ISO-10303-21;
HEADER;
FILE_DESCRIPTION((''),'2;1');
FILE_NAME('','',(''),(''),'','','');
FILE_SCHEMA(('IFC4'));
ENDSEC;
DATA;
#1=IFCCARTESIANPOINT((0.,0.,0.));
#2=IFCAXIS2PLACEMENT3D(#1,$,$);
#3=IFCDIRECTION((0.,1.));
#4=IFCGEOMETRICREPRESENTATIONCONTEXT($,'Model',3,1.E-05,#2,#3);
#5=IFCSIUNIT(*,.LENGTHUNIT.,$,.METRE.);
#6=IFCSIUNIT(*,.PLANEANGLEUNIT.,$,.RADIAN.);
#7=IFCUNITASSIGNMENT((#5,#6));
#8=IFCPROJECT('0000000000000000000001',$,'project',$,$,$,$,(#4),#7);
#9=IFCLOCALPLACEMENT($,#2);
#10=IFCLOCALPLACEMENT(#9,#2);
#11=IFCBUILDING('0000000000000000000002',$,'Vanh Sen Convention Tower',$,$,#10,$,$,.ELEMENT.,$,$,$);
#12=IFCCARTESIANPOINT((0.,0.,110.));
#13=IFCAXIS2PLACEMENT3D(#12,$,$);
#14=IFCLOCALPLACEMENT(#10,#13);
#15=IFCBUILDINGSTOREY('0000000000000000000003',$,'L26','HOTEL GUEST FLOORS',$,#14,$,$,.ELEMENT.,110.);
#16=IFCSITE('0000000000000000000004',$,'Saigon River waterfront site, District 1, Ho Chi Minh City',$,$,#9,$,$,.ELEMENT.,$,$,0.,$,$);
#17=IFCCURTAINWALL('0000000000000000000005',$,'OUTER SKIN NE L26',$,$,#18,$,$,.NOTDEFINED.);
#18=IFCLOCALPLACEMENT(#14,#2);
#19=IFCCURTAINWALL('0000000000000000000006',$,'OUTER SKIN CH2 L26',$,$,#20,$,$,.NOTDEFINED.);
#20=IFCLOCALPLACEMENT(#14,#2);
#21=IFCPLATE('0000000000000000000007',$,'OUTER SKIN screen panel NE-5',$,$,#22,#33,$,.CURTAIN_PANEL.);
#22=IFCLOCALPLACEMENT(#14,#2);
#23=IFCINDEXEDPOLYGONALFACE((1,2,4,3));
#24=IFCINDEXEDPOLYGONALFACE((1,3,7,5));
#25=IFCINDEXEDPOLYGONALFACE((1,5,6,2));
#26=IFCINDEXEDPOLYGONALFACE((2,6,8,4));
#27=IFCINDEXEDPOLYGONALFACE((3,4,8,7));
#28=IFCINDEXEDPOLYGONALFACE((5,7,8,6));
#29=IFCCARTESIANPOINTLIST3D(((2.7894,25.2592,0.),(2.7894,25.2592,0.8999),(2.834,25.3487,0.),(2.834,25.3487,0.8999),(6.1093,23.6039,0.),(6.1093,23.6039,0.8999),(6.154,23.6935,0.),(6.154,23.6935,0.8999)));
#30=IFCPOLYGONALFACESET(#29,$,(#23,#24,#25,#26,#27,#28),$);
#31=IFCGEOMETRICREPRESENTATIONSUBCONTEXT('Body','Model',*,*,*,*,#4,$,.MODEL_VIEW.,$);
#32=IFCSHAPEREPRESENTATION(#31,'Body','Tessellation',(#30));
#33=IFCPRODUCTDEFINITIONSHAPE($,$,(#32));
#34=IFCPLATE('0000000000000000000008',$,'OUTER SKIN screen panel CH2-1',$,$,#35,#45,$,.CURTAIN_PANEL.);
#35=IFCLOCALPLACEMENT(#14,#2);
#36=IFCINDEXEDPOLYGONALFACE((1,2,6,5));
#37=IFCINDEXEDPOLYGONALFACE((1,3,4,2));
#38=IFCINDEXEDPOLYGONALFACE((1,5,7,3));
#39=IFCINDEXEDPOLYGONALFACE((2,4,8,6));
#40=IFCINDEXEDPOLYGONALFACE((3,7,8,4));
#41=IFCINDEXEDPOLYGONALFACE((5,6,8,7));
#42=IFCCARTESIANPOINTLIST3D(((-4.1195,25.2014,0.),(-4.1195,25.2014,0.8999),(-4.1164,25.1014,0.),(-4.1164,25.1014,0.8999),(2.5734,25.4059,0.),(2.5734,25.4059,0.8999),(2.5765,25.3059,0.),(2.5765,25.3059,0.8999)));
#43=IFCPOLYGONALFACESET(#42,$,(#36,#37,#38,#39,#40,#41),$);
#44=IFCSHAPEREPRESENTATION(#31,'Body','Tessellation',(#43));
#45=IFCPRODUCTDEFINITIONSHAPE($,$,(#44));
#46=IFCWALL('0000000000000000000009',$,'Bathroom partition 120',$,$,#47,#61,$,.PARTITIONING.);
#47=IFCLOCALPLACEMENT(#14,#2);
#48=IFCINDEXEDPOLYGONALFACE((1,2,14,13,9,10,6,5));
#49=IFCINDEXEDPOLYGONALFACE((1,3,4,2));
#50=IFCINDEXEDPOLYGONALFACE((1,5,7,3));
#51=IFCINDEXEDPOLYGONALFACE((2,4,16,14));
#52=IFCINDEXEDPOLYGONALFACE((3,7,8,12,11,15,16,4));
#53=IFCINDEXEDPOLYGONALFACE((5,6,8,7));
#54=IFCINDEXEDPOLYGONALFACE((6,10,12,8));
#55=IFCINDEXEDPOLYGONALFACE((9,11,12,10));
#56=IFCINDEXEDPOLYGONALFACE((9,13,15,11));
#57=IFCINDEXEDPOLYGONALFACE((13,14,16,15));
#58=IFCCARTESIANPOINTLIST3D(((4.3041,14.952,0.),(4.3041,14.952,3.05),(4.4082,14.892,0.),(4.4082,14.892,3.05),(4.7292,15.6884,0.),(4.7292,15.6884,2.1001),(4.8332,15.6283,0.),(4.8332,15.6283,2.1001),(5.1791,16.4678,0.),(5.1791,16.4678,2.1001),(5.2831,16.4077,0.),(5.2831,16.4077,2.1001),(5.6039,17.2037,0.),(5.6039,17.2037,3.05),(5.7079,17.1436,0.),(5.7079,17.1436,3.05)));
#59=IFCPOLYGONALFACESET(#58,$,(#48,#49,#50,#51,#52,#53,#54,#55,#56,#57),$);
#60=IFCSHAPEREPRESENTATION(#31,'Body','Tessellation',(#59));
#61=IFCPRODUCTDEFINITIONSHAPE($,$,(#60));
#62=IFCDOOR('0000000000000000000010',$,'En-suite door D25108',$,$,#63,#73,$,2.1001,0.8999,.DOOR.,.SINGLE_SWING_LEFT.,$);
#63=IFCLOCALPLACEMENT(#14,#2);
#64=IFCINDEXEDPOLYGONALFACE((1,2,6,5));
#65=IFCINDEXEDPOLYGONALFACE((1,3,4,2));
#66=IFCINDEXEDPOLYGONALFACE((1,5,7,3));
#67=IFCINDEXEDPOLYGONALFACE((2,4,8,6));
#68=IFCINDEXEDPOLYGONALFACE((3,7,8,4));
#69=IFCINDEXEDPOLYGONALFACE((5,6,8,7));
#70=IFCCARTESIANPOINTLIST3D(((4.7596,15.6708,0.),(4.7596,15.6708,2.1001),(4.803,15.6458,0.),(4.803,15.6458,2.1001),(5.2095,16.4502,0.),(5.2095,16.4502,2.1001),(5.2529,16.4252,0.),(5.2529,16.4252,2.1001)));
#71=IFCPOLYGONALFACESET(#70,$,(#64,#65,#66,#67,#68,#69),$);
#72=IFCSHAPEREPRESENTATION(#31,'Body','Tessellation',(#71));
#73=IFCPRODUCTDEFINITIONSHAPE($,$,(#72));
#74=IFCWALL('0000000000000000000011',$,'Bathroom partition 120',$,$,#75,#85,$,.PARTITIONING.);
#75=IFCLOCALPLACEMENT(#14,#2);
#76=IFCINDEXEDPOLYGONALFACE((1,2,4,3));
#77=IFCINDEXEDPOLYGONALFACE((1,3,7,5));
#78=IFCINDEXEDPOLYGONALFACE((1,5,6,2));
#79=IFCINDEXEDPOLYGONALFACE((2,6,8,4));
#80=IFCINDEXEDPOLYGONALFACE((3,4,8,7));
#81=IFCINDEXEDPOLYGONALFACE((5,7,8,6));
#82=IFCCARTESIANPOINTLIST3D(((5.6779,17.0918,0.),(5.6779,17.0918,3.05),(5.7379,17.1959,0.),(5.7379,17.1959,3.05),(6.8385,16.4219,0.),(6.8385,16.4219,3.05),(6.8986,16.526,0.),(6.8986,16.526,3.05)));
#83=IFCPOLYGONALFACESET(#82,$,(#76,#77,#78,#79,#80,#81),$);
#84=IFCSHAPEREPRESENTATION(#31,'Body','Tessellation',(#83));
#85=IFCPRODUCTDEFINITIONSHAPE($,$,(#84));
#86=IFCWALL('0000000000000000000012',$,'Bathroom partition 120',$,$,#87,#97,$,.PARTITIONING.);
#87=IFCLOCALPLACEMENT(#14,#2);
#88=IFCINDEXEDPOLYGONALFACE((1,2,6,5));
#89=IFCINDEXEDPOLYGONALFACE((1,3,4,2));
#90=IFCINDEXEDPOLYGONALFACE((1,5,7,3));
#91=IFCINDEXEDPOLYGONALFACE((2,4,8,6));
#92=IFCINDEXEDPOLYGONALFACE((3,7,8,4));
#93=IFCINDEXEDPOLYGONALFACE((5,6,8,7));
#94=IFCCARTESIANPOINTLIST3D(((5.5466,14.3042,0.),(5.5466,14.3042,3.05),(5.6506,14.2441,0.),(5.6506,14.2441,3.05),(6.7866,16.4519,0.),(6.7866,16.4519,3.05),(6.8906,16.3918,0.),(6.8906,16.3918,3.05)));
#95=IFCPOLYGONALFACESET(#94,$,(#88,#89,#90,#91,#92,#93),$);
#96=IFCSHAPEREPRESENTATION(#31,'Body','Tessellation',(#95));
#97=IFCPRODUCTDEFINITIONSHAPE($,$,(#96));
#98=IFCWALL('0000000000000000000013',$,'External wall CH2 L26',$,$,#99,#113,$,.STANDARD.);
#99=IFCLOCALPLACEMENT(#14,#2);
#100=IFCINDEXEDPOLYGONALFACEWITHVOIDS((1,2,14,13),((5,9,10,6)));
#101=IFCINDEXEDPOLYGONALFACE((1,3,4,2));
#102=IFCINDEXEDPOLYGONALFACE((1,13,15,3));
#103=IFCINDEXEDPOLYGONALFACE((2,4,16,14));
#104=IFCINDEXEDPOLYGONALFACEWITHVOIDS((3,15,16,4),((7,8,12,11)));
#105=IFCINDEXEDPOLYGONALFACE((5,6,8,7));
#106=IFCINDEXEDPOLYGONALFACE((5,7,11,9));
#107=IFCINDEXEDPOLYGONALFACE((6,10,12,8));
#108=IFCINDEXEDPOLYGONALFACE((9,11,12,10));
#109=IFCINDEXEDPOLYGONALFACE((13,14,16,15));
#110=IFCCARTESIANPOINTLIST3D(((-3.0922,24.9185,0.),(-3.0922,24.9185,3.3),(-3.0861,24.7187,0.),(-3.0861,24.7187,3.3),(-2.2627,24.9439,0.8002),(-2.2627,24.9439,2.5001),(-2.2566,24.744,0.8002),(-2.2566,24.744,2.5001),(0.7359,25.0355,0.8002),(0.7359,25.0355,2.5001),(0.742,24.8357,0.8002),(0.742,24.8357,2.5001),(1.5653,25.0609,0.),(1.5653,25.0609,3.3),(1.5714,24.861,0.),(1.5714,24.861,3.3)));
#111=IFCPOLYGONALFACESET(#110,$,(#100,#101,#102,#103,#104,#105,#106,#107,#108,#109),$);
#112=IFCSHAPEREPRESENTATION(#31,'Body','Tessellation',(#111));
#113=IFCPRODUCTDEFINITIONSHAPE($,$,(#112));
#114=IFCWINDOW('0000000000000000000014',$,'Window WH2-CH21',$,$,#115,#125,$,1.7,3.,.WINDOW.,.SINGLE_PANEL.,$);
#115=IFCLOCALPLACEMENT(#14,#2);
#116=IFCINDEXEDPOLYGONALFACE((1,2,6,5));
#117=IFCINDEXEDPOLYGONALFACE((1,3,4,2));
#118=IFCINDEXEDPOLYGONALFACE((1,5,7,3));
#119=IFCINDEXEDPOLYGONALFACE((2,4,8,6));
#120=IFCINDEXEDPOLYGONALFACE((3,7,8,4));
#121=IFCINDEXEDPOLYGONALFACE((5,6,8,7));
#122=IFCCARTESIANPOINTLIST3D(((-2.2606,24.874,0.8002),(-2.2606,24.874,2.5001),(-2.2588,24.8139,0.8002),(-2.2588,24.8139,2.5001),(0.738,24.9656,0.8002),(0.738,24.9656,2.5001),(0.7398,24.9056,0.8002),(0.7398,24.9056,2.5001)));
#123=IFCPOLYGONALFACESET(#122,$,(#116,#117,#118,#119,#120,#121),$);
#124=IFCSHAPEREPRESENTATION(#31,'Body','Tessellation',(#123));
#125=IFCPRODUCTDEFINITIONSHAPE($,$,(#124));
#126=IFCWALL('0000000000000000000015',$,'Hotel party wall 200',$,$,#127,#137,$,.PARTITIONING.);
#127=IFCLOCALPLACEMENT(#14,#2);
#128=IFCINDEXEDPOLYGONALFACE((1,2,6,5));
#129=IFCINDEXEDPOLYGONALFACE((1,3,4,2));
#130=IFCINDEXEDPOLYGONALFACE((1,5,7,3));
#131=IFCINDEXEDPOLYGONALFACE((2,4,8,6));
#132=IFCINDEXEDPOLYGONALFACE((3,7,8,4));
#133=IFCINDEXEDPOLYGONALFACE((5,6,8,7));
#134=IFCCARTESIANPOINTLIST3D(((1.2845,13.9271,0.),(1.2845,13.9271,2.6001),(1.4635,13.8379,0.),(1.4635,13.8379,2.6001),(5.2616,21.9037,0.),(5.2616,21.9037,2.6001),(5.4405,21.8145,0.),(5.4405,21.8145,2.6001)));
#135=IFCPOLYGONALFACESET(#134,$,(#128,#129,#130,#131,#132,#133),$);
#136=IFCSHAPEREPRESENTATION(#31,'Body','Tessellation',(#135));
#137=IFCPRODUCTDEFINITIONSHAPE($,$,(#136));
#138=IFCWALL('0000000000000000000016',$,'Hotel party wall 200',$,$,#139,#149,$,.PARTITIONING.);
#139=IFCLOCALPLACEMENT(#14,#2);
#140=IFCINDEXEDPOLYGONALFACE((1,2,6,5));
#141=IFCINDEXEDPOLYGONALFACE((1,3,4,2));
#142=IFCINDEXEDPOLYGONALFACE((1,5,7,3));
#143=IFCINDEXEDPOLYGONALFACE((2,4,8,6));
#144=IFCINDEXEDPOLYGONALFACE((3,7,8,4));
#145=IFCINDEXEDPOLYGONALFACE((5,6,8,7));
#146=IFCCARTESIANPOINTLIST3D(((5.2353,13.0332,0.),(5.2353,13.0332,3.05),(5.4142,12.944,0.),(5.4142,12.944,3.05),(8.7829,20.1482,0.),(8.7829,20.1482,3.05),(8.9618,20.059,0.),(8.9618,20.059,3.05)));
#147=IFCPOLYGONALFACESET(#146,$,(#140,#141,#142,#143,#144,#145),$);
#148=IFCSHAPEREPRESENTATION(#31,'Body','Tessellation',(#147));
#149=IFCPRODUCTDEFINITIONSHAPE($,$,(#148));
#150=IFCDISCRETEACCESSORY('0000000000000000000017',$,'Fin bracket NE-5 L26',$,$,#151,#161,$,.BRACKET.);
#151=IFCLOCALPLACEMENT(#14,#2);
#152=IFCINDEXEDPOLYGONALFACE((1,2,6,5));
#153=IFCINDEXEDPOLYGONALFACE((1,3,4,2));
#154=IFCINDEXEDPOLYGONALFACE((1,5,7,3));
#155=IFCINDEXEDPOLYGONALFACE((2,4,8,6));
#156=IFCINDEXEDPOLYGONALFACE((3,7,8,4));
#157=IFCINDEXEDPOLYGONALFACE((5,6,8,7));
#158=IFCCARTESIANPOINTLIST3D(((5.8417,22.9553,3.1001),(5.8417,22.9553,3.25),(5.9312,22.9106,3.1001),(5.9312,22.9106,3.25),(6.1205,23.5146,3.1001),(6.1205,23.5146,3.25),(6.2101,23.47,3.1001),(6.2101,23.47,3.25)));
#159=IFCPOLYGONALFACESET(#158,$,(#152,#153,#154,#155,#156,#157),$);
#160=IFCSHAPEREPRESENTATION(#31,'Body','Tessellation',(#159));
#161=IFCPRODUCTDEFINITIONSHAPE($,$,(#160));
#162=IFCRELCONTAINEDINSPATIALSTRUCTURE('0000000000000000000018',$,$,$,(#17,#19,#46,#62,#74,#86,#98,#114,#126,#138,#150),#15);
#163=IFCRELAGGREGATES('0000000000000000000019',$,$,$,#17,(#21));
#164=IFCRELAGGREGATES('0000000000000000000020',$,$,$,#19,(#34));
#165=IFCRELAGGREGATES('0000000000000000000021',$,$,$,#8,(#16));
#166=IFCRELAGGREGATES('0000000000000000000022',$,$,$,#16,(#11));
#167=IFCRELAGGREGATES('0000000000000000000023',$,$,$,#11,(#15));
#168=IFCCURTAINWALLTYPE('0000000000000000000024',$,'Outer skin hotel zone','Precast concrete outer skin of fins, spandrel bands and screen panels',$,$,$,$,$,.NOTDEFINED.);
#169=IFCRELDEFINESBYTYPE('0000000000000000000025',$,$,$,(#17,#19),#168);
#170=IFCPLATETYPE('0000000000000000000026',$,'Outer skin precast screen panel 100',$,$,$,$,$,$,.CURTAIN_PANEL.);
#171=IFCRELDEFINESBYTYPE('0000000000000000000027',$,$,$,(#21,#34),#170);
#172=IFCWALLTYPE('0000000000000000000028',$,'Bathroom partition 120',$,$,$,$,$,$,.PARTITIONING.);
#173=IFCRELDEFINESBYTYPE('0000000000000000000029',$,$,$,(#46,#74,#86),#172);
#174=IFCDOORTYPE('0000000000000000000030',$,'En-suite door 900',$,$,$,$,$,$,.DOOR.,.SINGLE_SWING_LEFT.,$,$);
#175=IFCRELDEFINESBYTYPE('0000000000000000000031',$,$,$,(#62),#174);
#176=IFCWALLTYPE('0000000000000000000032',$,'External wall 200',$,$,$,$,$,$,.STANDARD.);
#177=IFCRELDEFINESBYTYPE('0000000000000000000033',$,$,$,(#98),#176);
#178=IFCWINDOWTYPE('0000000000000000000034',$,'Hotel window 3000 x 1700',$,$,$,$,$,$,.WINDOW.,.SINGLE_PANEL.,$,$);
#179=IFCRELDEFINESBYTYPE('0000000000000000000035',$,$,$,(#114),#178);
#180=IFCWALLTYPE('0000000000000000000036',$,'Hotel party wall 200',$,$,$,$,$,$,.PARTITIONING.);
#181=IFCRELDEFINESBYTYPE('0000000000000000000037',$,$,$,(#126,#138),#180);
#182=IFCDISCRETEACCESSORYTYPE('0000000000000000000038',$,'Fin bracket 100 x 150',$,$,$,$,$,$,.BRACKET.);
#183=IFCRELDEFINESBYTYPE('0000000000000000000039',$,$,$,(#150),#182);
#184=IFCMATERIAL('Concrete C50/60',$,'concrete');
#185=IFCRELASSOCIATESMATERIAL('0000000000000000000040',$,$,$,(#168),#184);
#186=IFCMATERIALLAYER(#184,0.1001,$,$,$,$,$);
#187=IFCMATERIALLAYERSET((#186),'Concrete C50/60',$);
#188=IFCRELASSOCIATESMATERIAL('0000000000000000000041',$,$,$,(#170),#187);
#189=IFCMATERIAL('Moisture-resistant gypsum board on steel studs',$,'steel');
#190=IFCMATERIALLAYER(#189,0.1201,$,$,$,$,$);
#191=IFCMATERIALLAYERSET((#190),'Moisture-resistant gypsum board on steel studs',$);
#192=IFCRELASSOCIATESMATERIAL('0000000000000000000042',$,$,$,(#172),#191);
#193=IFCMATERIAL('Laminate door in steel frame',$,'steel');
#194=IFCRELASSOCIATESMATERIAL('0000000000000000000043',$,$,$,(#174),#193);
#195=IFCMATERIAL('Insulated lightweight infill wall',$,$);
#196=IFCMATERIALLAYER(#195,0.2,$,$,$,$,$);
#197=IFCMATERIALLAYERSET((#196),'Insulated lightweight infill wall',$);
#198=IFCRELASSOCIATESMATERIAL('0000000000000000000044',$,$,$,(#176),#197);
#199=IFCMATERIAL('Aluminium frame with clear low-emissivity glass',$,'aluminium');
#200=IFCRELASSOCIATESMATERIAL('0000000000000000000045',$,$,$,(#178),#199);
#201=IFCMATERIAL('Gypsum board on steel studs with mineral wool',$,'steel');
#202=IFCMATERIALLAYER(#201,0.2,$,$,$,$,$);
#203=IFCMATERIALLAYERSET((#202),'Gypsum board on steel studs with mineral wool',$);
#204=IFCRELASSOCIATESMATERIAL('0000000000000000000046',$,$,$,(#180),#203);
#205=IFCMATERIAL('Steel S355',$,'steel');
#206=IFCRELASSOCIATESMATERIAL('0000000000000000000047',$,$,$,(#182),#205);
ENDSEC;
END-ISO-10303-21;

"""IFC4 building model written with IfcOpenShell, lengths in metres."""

from ifc_helpers import new_model, si_unit, direction, frame, frame_2d, origin, origin_2d, place, context, subcontext, project, spatial, rectangle, extrude, material, layer, layer_set, type_object, element, fill, aggregate, save


model = new_model("IFC4")

# Units and contexts
model_context = context("Model", 3, precision=1e-05, world=origin(), true_north=direction((0.0, 1.0)))
body_context = subcontext(model_context, "Body", "Model", "MODEL_VIEW")
ifc_project = project(units=[si_unit("LENGTHUNIT", "METRE"), si_unit("PLANEANGLEUNIT", "RADIAN")], contexts=[model_context])

# Site, building, storey
site_placement = place(None, origin())
site = spatial("IfcSite", under=ifc_project, at=site_placement, Name="Saigon River waterfront site, District 1, Ho Chi Minh City", CompositionType="ELEMENT", RefElevation=0.0)
building_placement = place(site_placement, origin())
building = spatial("IfcBuilding", under=site, at=building_placement, Name="Vanh Sen Convention Tower", CompositionType="ELEMENT")
storey_placement = place(building_placement, frame((0.0, 0.0, 110.0)))
storey = spatial("IfcBuildingStorey", under=building, at=storey_placement, Name="L26", Description="HOTEL GUEST FLOORS", CompositionType="ELEMENT", Elevation=110.0)

# Curtain wall
ifc_material_1 = material(Name="Concrete C50/60", Category="concrete")
curtain_wall_type = type_object("IfcCurtainWallType", Name="Outer skin hotel zone", Description="Precast concrete outer skin of fins, spandrel bands and screen panels", PredefinedType="NOTDEFINED", material=ifc_material_1)
curtain_wall_1_placement = place(storey_placement, origin())
curtain_wall_1 = element("IfcCurtainWall", 1, at=curtain_wall_1_placement, inside=storey, type_object=curtain_wall_type, Name="OUTER SKIN NE L26", PredefinedType="NOTDEFINED")

# Curtain wall
curtain_wall_2_placement = place(storey_placement, origin())
curtain_wall_2 = element("IfcCurtainWall", 2, at=curtain_wall_2_placement, inside=storey, type_object=curtain_wall_type, Name="OUTER SKIN CH2 L26", PredefinedType="NOTDEFINED")

# Plates
ifc_layer_1 = layer(ifc_material_1, 0.1001)
ifc_layer_set_1 = layer_set([ifc_layer_1], Name="Concrete C50/60")
plate_type = type_object("IfcPlateType", Name="Outer skin precast screen panel 100", PredefinedType="CURTAIN_PANEL", material=ifc_layer_set_1)
plate_1_placement = place(storey_placement, frame((4.4717, 24.4763, 0.0), z_axis=(0.0, 0.0, 1.0), x_axis=(-0.894935, 0.446196, 0.0)))
plate_1 = element("IfcPlate", 3, at=plate_1_placement, type_object=plate_type, Name="OUTER SKIN screen panel NE-5", PredefinedType="CURTAIN_PANEL", context=body_context, shape_type="SweptSolid", body=[
    extrude(rectangle(XDim=3.7097, YDim=0.1001, at=origin_2d()), origin(), (0.0, 0.0, 1.0), 0.8999),
])
aggregate(curtain_wall_1, [plate_1])
plate_2_placement = place(storey_placement, frame((-0.7715, 25.2537, 0.0), z_axis=(0.0, 0.0, 1.0), x_axis=(-0.999534, -0.030537, 0.0)))
plate_2 = element("IfcPlate", 4, at=plate_2_placement, type_object=plate_type, Name="OUTER SKIN screen panel CH2-1", PredefinedType="CURTAIN_PANEL", context=body_context, shape_type="SweptSolid", body=[
    extrude(rectangle(XDim=6.696, YDim=0.1001, at=origin_2d()), origin(), (0.0, 0.0, 1.0), 0.8999),
])
aggregate(curtain_wall_2, [plate_2])

# Wall, opening, door
ifc_material_2 = material(Name="Moisture-resistant gypsum board on steel studs", Category="steel")
ifc_layer_2 = layer(ifc_material_2, 0.1201)
ifc_layer_set_2 = layer_set([ifc_layer_2], Name="Moisture-resistant gypsum board on steel studs")
wall_type_1 = type_object("IfcWallType", Name="Bathroom partition 120", PredefinedType="PARTITIONING", material=ifc_layer_set_2)
wall_1_placement = place(storey_placement, frame((4.3562, 14.9221, 0.0), z_axis=(0.0, 0.0, 1.0), x_axis=(0.499937, 0.866062, 0.0)))
wall_1 = element("IfcWall", 5, at=wall_1_placement, inside=storey, type_object=wall_type_1, Name="Bathroom partition 120", PredefinedType="PARTITIONING", context=body_context, shape_type="SweptSolid", body=[
    extrude(rectangle(XDim=2.5999, YDim=0.1201, at=frame_2d((1.2998, 0.0))), origin(), (0.0, 0.0, 1.0), 3.05),
])
opening_1_placement = place(wall_1_placement, frame((0.8501, 0.0, 0.0)))
opening_1 = element("IfcOpeningElement", 6, at=opening_1_placement, cuts=wall_1, PredefinedType="OPENING", context=body_context, shape_type="SweptSolid", body=[
    extrude(rectangle(XDim=0.8999, YDim=2.1001, at=frame_2d((0.45, 1.05))), frame((0.0, 0.0701, 0.0), z_axis=(0.0, -1.0, 0.0), x_axis=(1.0, 0.0, 0.0)), (0.0, 0.0, 1.0), 0.1401),
])
ifc_material_3 = material(Name="Laminate door in steel frame", Category="steel")
door_type = type_object("IfcDoorType", Name="En-suite door 900", OperationType="SINGLE_SWING_LEFT", PredefinedType="DOOR", material=ifc_material_3)
door_placement = place(opening_1_placement, origin())
door = element("IfcDoor", 7, at=door_placement, inside=storey, type_object=door_type, Name="En-suite door D25108", OperationType="SINGLE_SWING_LEFT", OverallHeight=2.1001, OverallWidth=0.8999, PredefinedType="DOOR", context=body_context, shape_type="SweptSolid", body=[
    extrude(rectangle(XDim=0.8999, YDim=2.1001, at=frame_2d((0.45, 1.05))), frame((0.0, 0.0249, 0.0), z_axis=(0.0, -1.0, 0.0), x_axis=(1.0, 0.0, 0.0)), (0.0, 0.0, 1.0), 0.05),
])
fill(opening_1, door)

# Walls
wall_2_placement = place(storey_placement, frame((5.708, 17.1438, 0.0), z_axis=(0.0, 0.0, 1.0), x_axis=(0.866082, -0.499901, 0.0)))
element("IfcWall", 8, at=wall_2_placement, inside=storey, type_object=wall_type_1, Name="Bathroom partition 120", PredefinedType="PARTITIONING", context=body_context, shape_type="SweptSolid", body=[
    extrude(rectangle(XDim=1.3401, YDim=0.1201, at=frame_2d((0.6699, 0.0))), origin(), (0.0, 0.0, 1.0), 3.05),
])
wall_3_placement = place(storey_placement, frame((6.8386, 16.4219, 0.0), z_axis=(0.0, 0.0, 1.0), x_axis=(-0.500004, -0.866023, 0.0)))
element("IfcWall", 9, at=wall_3_placement, inside=storey, type_object=wall_type_1, Name="Bathroom partition 120", PredefinedType="PARTITIONING", context=body_context, shape_type="SweptSolid", body=[
    extrude(rectangle(XDim=2.48, YDim=0.1201, at=frame_2d((1.24, 0.0))), origin(), (0.0, 0.0, 1.0), 3.05),
])

# Wall, opening, window
ifc_material_4 = material(Name="Insulated lightweight infill wall")
ifc_layer_3 = layer(ifc_material_4, 0.2)
ifc_layer_set_3 = layer_set([ifc_layer_3], Name="Insulated lightweight infill wall")
wall_type_2 = type_object("IfcWallType", Name="External wall 200", PredefinedType="STANDARD", material=ifc_layer_set_3)
wall_4_placement = place(storey_placement, frame((1.5684, 24.9609, 0.0), z_axis=(0.0, 0.0, 1.0), x_axis=(-0.999533, -0.030546, 0.0)))
wall_4 = element("IfcWall", 10, at=wall_4_placement, inside=storey, type_object=wall_type_2, Name="External wall CH2 L26", PredefinedType="STANDARD", context=body_context, shape_type="SweptSolid", body=[
    extrude(rectangle(XDim=4.6597, YDim=0.2, at=frame_2d((2.3298, 0.0))), origin(), (0.0, 0.0, 1.0), 3.3),
])
opening_2_placement = place(wall_4_placement, frame((0.8298, 0.0, 0.8)))
opening_2 = element("IfcOpeningElement", 11, at=opening_2_placement, cuts=wall_4, PredefinedType="OPENING", context=body_context, shape_type="SweptSolid", body=[
    extrude(rectangle(XDim=3.0, YDim=1.7, at=frame_2d((1.5, 0.8501))), frame((0.0, 0.1099, 0.0), z_axis=(0.0, -1.0, 0.0), x_axis=(1.0, 0.0, 0.0)), (0.0, 0.0, 1.0), 0.22),
])
ifc_material_5 = material(Name="Aluminium frame with clear low-emissivity glass", Category="aluminium")
window_type = type_object("IfcWindowType", Name="Hotel window 3000 x 1700", PartitioningType="SINGLE_PANEL", PredefinedType="WINDOW", material=ifc_material_5)
window_placement = place(opening_2_placement, origin())
window = element("IfcWindow", 12, at=window_placement, inside=storey, type_object=window_type, Name="Window WH2-CH21", OverallHeight=1.7, OverallWidth=3.0, PartitioningType="SINGLE_PANEL", PredefinedType="WINDOW", context=body_context, shape_type="SweptSolid", body=[
    extrude(rectangle(XDim=3.0, YDim=1.7, at=frame_2d((1.5, 0.8501))), frame((0.0, 0.03, 0.0), z_axis=(0.0, -1.0, 0.0), x_axis=(1.0, 0.0, 0.0)), (0.0, 0.0, 1.0), 0.0601),
])
fill(opening_2, window)

# Walls
ifc_material_6 = material(Name="Gypsum board on steel studs with mineral wool", Category="steel")
ifc_layer_4 = layer(ifc_material_6, 0.2)
ifc_layer_set_4 = layer_set([ifc_layer_4], Name="Gypsum board on steel studs with mineral wool")
wall_type_3 = type_object("IfcWallType", Name="Hotel party wall 200", PredefinedType="PARTITIONING", material=ifc_layer_set_4)
wall_5_placement = place(storey_placement, frame((5.3511, 21.8591, 0.0), z_axis=(0.0, 0.0, 1.0), x_axis=(-0.446205, -0.894931, 0.0)))
element("IfcWall", 13, at=wall_5_placement, inside=storey, type_object=wall_type_3, Name="Hotel party wall 200", PredefinedType="PARTITIONING", context=body_context, shape_type="SweptSolid", body=[
    extrude(rectangle(XDim=8.9131, YDim=0.2, at=frame_2d((4.4565, 0.0))), origin(), (0.0, 0.0, 1.0), 2.6001),
])
wall_6_placement = place(storey_placement, frame((8.8723, 20.1035, 0.0), z_axis=(0.0, 0.0, 1.0), x_axis=(-0.446218, -0.894924, 0.0)))
element("IfcWall", 14, at=wall_6_placement, inside=storey, type_object=wall_type_3, Name="Hotel party wall 200", PredefinedType="PARTITIONING", context=body_context, shape_type="SweptSolid", body=[
    extrude(rectangle(XDim=7.9504, YDim=0.2, at=frame_2d((3.9751, 0.0))), origin(), (0.0, 0.0, 1.0), 3.05),
])

# Discrete accessory
ifc_material_7 = material(Name="Steel S355", Category="steel")
discrete_accessory_type = type_object("IfcDiscreteAccessoryType", Name="Fin bracket 100 x 150", PredefinedType="BRACKET", material=ifc_material_7)
discrete_accessory_placement = place(storey_placement, frame((6.0259, 23.2126, 3.1001), z_axis=(0.0, 0.0, 1.0), x_axis=(0.446198, 0.894934, 0.0)))
element("IfcDiscreteAccessory", 15, at=discrete_accessory_placement, inside=storey, type_object=discrete_accessory_type, Name="Fin bracket NE-5 L26", PredefinedType="BRACKET", context=body_context, shape_type="SweptSolid", body=[
    extrude(rectangle(XDim=0.625, YDim=0.1001, at=origin_2d()), origin(), (0.0, 0.0, 1.0), 0.1499),
])

save(model, "model.ifc")
